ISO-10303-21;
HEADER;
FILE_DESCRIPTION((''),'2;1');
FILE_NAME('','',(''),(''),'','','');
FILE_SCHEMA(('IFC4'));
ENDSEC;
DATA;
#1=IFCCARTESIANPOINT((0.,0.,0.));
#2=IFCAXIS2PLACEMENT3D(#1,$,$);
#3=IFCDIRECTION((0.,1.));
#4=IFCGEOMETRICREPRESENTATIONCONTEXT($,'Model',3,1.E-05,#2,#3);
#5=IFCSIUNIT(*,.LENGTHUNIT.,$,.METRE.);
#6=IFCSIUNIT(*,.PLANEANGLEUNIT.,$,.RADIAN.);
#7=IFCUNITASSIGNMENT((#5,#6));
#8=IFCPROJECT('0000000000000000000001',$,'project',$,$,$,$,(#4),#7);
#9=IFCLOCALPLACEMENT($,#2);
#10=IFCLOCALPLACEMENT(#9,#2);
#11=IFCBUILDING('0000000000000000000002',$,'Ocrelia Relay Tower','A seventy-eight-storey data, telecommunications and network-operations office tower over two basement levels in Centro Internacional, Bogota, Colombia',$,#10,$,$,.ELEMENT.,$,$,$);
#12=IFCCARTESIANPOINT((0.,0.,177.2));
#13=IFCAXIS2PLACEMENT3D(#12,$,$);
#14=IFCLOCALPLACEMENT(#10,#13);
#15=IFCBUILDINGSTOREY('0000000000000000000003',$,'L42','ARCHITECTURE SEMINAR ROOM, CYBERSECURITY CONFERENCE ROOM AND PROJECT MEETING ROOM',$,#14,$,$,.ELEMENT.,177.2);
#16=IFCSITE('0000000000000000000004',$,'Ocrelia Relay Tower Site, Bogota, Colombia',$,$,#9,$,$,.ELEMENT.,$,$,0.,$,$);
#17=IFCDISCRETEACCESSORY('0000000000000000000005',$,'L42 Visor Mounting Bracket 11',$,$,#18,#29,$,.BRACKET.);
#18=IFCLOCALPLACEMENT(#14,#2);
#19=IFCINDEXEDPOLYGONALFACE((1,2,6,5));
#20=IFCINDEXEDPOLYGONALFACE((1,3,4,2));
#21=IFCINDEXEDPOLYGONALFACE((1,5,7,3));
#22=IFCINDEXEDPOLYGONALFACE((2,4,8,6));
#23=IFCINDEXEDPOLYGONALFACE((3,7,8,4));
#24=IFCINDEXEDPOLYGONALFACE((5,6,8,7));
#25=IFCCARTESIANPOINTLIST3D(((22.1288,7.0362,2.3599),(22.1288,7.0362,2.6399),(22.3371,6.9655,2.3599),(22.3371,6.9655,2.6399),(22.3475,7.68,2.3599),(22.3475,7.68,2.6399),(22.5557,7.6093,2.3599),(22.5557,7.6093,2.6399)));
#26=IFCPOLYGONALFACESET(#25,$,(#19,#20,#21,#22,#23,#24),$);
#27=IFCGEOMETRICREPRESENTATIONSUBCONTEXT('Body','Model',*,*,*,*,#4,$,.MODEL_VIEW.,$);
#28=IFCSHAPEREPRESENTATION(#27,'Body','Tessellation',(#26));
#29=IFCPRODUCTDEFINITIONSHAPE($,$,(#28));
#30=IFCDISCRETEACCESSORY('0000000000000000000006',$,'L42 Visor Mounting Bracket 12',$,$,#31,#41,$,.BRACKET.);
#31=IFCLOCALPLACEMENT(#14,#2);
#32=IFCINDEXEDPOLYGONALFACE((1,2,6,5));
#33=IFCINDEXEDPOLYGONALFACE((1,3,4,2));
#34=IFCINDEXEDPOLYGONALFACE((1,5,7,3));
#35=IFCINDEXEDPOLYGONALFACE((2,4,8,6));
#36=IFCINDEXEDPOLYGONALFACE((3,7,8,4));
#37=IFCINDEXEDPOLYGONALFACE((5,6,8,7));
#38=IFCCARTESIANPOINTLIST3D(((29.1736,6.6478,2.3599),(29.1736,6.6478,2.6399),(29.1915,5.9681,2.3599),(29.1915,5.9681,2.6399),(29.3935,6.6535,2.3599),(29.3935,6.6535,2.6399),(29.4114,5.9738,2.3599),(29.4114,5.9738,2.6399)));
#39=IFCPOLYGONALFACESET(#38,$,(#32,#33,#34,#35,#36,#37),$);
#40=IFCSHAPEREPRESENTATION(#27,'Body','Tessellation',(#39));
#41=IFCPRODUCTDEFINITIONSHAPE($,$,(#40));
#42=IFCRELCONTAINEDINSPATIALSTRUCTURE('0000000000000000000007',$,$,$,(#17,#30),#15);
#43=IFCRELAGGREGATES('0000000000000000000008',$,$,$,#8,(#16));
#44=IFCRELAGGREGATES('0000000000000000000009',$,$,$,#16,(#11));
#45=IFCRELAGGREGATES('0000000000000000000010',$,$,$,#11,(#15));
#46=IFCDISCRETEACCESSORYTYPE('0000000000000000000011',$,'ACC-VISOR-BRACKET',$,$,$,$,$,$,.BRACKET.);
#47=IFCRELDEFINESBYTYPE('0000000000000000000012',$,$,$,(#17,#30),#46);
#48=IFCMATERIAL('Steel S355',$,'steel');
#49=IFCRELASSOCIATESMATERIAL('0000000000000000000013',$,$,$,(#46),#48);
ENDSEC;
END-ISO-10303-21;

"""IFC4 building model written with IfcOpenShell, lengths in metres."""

from ifc_helpers import new_model, si_unit, direction, frame, origin, origin_2d, place, context, subcontext, project, spatial, rectangle, extrude, material, type_object, element, save


model = new_model("IFC4")

# Units and contexts
model_context = context("Model", 3, precision=1e-05, world=origin(), true_north=direction((0.0, 1.0)))
body_context = subcontext(model_context, "Body", "Model", "MODEL_VIEW")
ifc_project = project(units=[si_unit("LENGTHUNIT", "METRE"), si_unit("PLANEANGLEUNIT", "RADIAN")], contexts=[model_context])

# Site, building, storey
site_placement = place(None, origin())
site = spatial("IfcSite", under=ifc_project, at=site_placement, Name="Ocrelia Relay Tower Site, Bogota, Colombia", CompositionType="ELEMENT", RefElevation=0.0)
building_placement = place(site_placement, origin())
building = spatial("IfcBuilding", under=site, at=building_placement, Name="Ocrelia Relay Tower", Description="A seventy-eight-storey data, telecommunications and network-operations office tower over two basement levels in Centro Internacional, Bogota, Colombia", CompositionType="ELEMENT")
storey_placement = place(building_placement, frame((0.0, 0.0, 177.2)))
storey = spatial("IfcBuildingStorey", under=building, at=storey_placement, Name="L42", Description="ARCHITECTURE SEMINAR ROOM, CYBERSECURITY CONFERENCE ROOM AND PROJECT MEETING ROOM", CompositionType="ELEMENT", Elevation=177.2)

# Shared definitions
ifc_material_1 = material(Name="Steel S355", Category="steel")

# Discrete accessories
discrete_accessory_type = type_object("IfcDiscreteAccessoryType", Name="ACC-VISOR-BRACKET", PredefinedType="BRACKET", material=ifc_material_1)
for number, where, z_axis, x_axis, name in (
    (1, (22.3423, 7.3228, 2.3599), (0.0, 0.0, 1.0), (0.946897, -0.321538, 0.0), "L42 Visor Mounting Bracket 11"),
    (2, (29.2925, 6.3108, 2.3599), (0.0, 0.0, 1.0), (0.999655, 0.026252, 0.0), "L42 Visor Mounting Bracket 12"),
):
    element("IfcDiscreteAccessory", number, at=place(storey_placement, frame(where, z_axis=z_axis, x_axis=x_axis)), inside=storey, type_object=discrete_accessory_type, Name=name, PredefinedType="BRACKET", context=body_context, shape_type="SweptSolid", body=[
        extrude(rectangle(XDim=0.22, YDim=0.6799, at=origin_2d()), origin(), (0.0, 0.0, 1.0), 0.28),
    ])

save(model, "model.ifc")
